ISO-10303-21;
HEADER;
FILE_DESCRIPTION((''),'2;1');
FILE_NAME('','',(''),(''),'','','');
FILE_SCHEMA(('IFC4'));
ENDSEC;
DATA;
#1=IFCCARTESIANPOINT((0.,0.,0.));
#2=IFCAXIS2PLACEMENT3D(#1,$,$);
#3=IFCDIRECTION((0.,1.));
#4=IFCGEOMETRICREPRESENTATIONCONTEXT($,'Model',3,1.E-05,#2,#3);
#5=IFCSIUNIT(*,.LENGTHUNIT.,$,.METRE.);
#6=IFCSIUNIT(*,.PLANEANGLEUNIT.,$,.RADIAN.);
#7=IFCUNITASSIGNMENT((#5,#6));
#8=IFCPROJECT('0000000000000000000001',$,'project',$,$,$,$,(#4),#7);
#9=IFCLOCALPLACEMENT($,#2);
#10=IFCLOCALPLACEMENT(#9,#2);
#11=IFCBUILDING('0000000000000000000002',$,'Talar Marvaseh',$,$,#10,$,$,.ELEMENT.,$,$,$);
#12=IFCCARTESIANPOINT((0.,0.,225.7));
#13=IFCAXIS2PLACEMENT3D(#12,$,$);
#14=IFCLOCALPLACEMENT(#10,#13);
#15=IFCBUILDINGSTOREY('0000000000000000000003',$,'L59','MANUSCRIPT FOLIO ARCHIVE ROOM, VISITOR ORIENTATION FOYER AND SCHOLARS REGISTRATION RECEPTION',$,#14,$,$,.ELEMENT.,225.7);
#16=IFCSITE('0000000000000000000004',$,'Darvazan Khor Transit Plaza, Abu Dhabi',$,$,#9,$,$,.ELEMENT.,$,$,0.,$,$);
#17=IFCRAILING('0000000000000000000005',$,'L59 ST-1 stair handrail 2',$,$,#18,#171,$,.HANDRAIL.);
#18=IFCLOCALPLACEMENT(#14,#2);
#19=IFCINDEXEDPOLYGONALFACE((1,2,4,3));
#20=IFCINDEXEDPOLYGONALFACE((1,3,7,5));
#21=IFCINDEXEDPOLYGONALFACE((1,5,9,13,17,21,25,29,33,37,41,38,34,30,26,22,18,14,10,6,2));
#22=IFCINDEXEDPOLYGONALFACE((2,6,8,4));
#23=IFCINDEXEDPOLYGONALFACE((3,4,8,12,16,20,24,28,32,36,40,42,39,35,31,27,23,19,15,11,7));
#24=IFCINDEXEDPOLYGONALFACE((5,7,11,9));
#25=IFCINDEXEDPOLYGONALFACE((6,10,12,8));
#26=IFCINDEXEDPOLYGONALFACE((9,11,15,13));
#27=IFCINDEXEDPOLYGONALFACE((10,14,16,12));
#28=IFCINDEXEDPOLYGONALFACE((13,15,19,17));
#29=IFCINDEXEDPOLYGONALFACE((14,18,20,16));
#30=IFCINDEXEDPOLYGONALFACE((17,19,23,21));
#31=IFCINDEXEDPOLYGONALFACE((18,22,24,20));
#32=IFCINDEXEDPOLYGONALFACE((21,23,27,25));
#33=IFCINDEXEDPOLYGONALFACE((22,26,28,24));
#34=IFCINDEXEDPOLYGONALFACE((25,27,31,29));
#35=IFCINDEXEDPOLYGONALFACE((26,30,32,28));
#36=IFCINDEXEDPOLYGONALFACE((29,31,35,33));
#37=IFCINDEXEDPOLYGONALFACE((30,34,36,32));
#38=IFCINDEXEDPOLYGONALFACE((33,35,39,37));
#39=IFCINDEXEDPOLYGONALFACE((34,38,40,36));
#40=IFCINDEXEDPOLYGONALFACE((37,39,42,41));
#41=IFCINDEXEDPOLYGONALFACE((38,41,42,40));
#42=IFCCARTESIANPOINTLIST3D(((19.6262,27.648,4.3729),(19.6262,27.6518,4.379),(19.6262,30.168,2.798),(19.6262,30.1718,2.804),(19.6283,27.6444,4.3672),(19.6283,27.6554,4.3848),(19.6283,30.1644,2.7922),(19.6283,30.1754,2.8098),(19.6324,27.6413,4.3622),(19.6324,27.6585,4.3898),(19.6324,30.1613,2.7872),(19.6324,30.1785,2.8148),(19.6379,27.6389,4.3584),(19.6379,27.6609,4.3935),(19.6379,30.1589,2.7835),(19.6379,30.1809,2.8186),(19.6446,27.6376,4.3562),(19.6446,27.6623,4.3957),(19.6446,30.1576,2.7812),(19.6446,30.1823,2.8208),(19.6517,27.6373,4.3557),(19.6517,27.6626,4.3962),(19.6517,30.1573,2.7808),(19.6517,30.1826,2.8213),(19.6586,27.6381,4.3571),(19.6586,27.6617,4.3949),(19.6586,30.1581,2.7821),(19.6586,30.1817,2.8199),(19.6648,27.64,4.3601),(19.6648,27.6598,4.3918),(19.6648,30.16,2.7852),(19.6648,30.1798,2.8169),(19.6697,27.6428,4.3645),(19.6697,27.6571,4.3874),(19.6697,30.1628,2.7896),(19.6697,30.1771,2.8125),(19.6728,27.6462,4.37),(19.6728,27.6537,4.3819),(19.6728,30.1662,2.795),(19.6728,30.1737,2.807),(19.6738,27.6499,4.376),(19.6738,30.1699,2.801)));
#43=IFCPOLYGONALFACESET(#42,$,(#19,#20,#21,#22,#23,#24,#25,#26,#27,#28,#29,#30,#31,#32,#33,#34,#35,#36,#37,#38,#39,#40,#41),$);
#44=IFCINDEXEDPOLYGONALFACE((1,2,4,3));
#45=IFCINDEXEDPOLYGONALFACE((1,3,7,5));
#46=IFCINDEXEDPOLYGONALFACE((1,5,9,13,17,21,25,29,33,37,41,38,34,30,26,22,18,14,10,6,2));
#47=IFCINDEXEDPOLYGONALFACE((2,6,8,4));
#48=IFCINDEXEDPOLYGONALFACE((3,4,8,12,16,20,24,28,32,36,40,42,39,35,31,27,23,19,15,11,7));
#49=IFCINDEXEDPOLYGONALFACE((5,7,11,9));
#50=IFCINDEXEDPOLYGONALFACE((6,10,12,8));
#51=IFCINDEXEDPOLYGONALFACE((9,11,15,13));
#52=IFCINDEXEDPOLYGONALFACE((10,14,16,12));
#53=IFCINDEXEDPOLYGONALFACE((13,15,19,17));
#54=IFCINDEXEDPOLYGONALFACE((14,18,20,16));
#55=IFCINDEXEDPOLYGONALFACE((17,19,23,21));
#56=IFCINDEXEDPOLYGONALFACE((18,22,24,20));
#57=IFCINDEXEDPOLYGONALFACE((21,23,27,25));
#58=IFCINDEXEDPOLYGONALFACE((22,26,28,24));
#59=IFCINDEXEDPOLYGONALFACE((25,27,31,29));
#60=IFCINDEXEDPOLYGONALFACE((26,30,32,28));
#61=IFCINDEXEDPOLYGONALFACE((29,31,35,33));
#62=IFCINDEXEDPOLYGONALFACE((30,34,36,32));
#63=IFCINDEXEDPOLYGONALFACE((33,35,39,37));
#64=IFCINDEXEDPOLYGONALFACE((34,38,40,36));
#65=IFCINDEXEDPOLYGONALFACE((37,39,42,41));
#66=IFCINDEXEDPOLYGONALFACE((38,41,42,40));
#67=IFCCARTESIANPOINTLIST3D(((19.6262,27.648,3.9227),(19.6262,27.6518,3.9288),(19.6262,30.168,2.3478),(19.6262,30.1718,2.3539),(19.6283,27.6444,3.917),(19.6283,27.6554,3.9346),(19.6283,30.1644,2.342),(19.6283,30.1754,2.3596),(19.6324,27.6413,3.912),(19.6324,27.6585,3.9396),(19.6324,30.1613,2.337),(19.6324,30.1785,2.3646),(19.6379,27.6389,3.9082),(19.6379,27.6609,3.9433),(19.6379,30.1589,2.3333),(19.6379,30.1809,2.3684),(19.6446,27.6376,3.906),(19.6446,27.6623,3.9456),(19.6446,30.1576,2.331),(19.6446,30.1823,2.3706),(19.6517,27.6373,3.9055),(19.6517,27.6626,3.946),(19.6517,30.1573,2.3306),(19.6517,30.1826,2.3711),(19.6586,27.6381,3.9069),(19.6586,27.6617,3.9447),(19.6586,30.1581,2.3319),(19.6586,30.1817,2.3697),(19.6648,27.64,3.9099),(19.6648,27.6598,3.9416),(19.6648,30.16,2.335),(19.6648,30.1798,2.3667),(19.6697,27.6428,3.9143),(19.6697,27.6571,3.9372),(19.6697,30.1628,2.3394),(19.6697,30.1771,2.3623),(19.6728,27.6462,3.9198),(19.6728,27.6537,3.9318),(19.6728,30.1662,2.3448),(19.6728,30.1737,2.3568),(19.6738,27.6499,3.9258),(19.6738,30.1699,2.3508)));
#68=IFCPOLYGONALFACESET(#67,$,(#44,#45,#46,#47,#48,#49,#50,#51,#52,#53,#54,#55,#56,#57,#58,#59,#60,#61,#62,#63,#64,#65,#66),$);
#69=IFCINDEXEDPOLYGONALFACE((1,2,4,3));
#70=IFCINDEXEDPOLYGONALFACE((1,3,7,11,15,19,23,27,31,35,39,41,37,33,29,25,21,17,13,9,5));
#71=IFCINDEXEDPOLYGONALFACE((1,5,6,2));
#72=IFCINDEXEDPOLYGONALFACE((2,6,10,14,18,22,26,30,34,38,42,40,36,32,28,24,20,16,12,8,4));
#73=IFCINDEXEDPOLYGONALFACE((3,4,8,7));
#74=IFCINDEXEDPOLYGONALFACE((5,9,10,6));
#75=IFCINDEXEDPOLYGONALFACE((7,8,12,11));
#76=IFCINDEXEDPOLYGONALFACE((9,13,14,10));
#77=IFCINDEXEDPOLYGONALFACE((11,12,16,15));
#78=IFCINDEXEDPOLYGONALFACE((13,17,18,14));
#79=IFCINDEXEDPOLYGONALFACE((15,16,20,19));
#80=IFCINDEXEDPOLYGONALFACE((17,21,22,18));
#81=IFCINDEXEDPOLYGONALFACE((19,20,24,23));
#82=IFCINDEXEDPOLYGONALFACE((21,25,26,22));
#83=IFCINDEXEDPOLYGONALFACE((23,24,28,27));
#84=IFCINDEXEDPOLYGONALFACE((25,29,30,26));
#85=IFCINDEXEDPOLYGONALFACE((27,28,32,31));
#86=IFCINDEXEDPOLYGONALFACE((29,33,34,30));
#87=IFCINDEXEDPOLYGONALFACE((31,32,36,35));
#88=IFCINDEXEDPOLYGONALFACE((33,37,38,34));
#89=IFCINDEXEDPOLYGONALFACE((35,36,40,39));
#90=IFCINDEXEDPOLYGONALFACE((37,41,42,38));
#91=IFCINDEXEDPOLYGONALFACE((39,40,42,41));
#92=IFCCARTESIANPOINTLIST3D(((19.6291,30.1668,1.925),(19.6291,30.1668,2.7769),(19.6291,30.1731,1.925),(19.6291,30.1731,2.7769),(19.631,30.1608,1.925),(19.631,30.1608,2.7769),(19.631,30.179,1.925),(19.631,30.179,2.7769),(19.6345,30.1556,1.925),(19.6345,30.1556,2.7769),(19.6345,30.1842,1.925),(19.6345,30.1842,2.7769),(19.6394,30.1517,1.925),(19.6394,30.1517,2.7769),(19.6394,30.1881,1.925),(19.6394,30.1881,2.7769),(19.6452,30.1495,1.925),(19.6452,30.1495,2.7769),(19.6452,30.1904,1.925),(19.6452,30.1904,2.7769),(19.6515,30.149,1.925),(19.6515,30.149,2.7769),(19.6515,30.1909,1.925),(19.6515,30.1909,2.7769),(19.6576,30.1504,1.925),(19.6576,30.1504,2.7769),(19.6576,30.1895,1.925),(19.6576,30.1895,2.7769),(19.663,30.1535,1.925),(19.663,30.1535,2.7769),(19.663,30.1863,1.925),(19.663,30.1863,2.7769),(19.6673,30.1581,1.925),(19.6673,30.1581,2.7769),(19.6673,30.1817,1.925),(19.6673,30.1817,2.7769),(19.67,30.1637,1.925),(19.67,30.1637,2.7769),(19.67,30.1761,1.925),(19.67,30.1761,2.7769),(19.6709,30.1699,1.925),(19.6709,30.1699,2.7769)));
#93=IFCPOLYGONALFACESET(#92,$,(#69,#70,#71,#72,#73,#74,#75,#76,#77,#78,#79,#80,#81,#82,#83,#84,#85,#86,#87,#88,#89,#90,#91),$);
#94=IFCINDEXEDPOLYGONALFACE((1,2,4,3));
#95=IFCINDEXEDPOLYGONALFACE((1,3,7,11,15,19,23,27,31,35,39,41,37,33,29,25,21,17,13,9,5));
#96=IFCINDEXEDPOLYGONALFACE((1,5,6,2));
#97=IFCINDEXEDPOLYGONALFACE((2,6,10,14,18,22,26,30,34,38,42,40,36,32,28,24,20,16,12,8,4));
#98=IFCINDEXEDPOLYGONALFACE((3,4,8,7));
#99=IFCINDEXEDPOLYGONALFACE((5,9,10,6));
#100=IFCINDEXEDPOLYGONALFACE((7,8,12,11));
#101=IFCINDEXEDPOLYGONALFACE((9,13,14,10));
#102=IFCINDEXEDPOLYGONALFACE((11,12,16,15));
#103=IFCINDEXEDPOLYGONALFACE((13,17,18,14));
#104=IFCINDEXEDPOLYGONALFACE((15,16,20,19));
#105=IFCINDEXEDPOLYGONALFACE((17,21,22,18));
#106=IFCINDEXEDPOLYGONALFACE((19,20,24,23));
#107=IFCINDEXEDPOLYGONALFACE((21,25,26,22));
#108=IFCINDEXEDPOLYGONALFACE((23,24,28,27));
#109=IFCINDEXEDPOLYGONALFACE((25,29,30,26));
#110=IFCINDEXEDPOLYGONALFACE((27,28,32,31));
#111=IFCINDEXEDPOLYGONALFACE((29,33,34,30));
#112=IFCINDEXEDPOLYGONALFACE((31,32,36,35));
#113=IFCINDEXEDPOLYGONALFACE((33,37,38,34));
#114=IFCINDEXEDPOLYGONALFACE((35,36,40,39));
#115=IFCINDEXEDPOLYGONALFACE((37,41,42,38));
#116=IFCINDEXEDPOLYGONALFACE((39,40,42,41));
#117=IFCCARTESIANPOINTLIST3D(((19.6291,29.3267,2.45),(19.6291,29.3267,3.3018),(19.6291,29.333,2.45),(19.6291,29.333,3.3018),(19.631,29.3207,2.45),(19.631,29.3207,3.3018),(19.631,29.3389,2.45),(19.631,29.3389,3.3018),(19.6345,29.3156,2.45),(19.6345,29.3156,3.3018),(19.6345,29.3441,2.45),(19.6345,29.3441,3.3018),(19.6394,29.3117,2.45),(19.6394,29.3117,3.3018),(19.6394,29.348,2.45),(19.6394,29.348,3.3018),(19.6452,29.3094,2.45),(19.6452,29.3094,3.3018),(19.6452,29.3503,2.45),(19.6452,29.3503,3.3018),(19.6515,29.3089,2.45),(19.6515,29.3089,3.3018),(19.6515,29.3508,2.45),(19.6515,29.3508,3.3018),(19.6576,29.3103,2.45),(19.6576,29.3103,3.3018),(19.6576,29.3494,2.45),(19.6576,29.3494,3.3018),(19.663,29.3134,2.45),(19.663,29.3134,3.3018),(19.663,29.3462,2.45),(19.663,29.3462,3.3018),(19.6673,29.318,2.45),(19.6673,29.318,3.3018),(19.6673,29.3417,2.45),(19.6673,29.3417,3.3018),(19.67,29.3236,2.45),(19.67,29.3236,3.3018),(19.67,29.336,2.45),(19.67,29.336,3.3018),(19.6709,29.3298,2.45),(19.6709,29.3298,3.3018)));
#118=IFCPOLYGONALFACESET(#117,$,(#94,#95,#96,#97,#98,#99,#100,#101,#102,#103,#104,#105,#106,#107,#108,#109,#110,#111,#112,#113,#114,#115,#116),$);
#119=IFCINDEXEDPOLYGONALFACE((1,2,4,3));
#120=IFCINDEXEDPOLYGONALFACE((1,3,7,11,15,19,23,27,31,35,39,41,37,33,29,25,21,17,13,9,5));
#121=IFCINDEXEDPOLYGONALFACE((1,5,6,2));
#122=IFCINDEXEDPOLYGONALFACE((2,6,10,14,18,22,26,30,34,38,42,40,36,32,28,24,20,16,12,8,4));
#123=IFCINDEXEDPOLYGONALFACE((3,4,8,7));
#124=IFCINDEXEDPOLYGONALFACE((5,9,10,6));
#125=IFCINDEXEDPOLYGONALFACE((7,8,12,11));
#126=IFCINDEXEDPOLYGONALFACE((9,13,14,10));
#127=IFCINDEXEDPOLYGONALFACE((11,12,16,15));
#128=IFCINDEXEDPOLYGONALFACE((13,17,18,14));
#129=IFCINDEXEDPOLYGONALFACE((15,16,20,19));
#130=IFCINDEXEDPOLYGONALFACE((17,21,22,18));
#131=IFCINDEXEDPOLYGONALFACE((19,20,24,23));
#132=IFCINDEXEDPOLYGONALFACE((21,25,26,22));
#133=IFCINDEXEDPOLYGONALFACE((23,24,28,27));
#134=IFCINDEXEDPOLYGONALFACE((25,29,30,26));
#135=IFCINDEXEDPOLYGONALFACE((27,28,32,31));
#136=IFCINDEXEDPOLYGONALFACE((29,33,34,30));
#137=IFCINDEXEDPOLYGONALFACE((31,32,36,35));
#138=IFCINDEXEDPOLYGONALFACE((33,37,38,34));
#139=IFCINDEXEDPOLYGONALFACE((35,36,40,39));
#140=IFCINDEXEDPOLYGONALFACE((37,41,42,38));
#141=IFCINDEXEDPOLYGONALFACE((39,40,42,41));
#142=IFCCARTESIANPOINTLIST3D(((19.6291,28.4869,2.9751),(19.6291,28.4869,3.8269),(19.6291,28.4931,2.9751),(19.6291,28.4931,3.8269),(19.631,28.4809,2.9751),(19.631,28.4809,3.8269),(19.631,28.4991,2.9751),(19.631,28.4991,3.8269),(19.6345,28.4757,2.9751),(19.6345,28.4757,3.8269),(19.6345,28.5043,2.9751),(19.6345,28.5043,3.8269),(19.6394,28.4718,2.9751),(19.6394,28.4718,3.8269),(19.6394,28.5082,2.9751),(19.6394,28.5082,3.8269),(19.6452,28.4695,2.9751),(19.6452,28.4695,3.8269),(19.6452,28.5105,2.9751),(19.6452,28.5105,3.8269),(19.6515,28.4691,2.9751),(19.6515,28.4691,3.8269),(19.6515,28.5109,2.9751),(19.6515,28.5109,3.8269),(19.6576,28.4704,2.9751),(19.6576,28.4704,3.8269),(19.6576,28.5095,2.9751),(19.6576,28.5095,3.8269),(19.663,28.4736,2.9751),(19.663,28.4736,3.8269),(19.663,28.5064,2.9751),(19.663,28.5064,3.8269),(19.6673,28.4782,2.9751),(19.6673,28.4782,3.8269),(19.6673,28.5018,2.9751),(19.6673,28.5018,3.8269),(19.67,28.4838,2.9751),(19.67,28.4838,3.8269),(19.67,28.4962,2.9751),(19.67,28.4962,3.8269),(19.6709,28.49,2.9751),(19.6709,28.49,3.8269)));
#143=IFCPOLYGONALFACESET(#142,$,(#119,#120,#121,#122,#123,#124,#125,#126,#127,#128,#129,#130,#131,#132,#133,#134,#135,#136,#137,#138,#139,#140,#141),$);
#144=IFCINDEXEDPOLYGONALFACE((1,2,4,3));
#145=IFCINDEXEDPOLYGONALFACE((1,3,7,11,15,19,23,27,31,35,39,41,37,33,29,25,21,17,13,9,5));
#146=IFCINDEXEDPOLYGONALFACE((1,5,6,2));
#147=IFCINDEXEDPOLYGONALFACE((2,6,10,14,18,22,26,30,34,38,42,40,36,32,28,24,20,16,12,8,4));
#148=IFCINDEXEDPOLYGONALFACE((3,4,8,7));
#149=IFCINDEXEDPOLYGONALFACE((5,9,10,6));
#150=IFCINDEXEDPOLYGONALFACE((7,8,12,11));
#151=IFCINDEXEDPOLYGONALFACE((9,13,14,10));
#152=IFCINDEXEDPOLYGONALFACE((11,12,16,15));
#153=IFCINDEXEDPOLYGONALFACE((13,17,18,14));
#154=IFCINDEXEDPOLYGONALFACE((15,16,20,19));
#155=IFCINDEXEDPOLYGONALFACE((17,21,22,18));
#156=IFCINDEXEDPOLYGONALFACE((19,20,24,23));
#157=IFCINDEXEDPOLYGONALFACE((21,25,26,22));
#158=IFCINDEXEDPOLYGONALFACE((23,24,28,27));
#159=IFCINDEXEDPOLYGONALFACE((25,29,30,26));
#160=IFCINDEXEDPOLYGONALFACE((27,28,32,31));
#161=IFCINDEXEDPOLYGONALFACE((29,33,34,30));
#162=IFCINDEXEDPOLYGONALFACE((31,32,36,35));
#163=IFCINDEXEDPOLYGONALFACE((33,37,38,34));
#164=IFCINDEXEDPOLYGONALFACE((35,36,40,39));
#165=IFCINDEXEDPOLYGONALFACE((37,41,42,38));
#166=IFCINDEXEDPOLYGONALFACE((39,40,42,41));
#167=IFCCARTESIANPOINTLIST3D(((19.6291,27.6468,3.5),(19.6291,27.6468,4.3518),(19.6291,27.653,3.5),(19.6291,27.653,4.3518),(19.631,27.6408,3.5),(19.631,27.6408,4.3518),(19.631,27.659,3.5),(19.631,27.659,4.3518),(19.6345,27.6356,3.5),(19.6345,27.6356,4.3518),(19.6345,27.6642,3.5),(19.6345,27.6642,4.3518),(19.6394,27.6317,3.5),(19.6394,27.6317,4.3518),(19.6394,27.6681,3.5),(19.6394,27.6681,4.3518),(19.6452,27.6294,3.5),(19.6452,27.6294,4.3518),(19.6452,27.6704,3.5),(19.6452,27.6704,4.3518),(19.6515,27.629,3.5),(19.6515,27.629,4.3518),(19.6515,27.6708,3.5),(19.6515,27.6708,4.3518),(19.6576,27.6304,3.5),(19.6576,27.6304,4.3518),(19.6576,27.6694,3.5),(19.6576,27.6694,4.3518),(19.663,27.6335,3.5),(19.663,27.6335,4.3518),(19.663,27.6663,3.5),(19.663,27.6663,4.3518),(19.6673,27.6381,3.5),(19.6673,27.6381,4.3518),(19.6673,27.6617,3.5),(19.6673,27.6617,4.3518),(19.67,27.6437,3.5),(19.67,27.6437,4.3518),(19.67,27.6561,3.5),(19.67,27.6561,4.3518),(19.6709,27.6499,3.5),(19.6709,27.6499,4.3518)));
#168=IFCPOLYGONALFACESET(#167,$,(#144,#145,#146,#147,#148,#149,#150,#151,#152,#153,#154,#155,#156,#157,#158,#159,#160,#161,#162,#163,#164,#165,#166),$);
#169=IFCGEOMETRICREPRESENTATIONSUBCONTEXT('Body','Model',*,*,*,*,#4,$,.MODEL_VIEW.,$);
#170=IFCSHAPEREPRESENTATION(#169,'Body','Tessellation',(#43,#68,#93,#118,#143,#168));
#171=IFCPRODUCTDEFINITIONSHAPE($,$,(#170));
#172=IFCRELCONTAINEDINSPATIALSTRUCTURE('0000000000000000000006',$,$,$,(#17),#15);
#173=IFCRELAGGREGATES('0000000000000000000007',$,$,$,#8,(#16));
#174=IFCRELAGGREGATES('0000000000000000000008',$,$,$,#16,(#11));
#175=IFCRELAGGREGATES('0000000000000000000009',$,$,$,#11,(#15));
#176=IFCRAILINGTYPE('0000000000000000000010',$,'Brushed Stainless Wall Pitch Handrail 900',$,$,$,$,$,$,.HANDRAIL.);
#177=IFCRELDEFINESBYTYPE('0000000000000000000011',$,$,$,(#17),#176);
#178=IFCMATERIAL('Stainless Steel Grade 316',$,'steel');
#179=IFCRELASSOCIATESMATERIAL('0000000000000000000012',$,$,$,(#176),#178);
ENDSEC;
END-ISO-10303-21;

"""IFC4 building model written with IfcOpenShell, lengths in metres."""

from ifc_helpers import new_model, si_unit, direction, frame, origin, origin_2d, place, context, subcontext, project, spatial, circle, extrude, material, type_object, element, save


model = new_model("IFC4")

# Units and contexts
model_context = context("Model", 3, precision=1e-05, world=origin(), true_north=direction((0.0, 1.0)))
body_context = subcontext(model_context, "Body", "Model", "MODEL_VIEW")
ifc_project = project(units=[si_unit("LENGTHUNIT", "METRE"), si_unit("PLANEANGLEUNIT", "RADIAN")], contexts=[model_context])

# Site, building, storey
site_placement = place(None, origin())
site = spatial("IfcSite", under=ifc_project, at=site_placement, Name="Darvazan Khor Transit Plaza, Abu Dhabi", CompositionType="ELEMENT", RefElevation=0.0)
building_placement = place(site_placement, origin())
building = spatial("IfcBuilding", under=site, at=building_placement, Name="Talar Marvaseh", CompositionType="ELEMENT")
storey_placement = place(building_placement, frame((0.0, 0.0, 225.7)))
storey = spatial("IfcBuildingStorey", under=building, at=storey_placement, Name="L59", Description="MANUSCRIPT FOLIO ARCHIVE ROOM, VISITOR ORIENTATION FOYER AND SCHOLARS REGISTRATION RECEPTION", CompositionType="ELEMENT", Elevation=225.7)

# Railing
ifc_material_1 = material(Name="Stainless Steel Grade 316", Category="steel")
railing_type_1 = type_object("IfcRailingType", Name="Brushed Stainless Wall Pitch Handrail 900", PredefinedType="HANDRAIL", material=ifc_material_1)
railing_1_placement = place(storey_placement, frame((19.6499, 30.1699, 1.925)))
element("IfcRailing", 1, at=railing_1_placement, inside=storey, type_object=railing_type_1, Name="L59 ST-1 stair handrail 2", PredefinedType="HANDRAIL", context=body_context, shape_type="SweptSolid", body=[
    extrude(circle(Radius=0.0239, at=origin_2d()), frame((0.0, 0.0, 0.876), z_axis=(0.0, -0.848008, 0.529984), x_axis=(1.0, 0.0, 0.0)), (0.0, 0.0, 1.0), 2.9717),
    extrude(circle(Radius=0.0239, at=origin_2d()), frame((0.0, 0.0, 0.4258), z_axis=(0.0, -0.848008, 0.529984), x_axis=(1.0, 0.0, 0.0)), (0.0, 0.0, 1.0), 2.9717),
    extrude(circle(Radius=0.021, at=origin_2d()), origin(), (0.0, 0.0, 1.0), 0.8518),
    extrude(circle(Radius=0.021, at=origin_2d()), frame((0.0, -0.8401, 0.5249)), (0.0, 0.0, 1.0), 0.8518),
    extrude(circle(Radius=0.021, at=origin_2d()), frame((0.0, -1.6799, 1.05)), (0.0, 0.0, 1.0), 0.8518),
    extrude(circle(Radius=0.021, at=origin_2d()), frame((0.0, -2.52, 1.575)), (0.0, 0.0, 1.0), 0.8518),
])

save(model, "model.ifc")
